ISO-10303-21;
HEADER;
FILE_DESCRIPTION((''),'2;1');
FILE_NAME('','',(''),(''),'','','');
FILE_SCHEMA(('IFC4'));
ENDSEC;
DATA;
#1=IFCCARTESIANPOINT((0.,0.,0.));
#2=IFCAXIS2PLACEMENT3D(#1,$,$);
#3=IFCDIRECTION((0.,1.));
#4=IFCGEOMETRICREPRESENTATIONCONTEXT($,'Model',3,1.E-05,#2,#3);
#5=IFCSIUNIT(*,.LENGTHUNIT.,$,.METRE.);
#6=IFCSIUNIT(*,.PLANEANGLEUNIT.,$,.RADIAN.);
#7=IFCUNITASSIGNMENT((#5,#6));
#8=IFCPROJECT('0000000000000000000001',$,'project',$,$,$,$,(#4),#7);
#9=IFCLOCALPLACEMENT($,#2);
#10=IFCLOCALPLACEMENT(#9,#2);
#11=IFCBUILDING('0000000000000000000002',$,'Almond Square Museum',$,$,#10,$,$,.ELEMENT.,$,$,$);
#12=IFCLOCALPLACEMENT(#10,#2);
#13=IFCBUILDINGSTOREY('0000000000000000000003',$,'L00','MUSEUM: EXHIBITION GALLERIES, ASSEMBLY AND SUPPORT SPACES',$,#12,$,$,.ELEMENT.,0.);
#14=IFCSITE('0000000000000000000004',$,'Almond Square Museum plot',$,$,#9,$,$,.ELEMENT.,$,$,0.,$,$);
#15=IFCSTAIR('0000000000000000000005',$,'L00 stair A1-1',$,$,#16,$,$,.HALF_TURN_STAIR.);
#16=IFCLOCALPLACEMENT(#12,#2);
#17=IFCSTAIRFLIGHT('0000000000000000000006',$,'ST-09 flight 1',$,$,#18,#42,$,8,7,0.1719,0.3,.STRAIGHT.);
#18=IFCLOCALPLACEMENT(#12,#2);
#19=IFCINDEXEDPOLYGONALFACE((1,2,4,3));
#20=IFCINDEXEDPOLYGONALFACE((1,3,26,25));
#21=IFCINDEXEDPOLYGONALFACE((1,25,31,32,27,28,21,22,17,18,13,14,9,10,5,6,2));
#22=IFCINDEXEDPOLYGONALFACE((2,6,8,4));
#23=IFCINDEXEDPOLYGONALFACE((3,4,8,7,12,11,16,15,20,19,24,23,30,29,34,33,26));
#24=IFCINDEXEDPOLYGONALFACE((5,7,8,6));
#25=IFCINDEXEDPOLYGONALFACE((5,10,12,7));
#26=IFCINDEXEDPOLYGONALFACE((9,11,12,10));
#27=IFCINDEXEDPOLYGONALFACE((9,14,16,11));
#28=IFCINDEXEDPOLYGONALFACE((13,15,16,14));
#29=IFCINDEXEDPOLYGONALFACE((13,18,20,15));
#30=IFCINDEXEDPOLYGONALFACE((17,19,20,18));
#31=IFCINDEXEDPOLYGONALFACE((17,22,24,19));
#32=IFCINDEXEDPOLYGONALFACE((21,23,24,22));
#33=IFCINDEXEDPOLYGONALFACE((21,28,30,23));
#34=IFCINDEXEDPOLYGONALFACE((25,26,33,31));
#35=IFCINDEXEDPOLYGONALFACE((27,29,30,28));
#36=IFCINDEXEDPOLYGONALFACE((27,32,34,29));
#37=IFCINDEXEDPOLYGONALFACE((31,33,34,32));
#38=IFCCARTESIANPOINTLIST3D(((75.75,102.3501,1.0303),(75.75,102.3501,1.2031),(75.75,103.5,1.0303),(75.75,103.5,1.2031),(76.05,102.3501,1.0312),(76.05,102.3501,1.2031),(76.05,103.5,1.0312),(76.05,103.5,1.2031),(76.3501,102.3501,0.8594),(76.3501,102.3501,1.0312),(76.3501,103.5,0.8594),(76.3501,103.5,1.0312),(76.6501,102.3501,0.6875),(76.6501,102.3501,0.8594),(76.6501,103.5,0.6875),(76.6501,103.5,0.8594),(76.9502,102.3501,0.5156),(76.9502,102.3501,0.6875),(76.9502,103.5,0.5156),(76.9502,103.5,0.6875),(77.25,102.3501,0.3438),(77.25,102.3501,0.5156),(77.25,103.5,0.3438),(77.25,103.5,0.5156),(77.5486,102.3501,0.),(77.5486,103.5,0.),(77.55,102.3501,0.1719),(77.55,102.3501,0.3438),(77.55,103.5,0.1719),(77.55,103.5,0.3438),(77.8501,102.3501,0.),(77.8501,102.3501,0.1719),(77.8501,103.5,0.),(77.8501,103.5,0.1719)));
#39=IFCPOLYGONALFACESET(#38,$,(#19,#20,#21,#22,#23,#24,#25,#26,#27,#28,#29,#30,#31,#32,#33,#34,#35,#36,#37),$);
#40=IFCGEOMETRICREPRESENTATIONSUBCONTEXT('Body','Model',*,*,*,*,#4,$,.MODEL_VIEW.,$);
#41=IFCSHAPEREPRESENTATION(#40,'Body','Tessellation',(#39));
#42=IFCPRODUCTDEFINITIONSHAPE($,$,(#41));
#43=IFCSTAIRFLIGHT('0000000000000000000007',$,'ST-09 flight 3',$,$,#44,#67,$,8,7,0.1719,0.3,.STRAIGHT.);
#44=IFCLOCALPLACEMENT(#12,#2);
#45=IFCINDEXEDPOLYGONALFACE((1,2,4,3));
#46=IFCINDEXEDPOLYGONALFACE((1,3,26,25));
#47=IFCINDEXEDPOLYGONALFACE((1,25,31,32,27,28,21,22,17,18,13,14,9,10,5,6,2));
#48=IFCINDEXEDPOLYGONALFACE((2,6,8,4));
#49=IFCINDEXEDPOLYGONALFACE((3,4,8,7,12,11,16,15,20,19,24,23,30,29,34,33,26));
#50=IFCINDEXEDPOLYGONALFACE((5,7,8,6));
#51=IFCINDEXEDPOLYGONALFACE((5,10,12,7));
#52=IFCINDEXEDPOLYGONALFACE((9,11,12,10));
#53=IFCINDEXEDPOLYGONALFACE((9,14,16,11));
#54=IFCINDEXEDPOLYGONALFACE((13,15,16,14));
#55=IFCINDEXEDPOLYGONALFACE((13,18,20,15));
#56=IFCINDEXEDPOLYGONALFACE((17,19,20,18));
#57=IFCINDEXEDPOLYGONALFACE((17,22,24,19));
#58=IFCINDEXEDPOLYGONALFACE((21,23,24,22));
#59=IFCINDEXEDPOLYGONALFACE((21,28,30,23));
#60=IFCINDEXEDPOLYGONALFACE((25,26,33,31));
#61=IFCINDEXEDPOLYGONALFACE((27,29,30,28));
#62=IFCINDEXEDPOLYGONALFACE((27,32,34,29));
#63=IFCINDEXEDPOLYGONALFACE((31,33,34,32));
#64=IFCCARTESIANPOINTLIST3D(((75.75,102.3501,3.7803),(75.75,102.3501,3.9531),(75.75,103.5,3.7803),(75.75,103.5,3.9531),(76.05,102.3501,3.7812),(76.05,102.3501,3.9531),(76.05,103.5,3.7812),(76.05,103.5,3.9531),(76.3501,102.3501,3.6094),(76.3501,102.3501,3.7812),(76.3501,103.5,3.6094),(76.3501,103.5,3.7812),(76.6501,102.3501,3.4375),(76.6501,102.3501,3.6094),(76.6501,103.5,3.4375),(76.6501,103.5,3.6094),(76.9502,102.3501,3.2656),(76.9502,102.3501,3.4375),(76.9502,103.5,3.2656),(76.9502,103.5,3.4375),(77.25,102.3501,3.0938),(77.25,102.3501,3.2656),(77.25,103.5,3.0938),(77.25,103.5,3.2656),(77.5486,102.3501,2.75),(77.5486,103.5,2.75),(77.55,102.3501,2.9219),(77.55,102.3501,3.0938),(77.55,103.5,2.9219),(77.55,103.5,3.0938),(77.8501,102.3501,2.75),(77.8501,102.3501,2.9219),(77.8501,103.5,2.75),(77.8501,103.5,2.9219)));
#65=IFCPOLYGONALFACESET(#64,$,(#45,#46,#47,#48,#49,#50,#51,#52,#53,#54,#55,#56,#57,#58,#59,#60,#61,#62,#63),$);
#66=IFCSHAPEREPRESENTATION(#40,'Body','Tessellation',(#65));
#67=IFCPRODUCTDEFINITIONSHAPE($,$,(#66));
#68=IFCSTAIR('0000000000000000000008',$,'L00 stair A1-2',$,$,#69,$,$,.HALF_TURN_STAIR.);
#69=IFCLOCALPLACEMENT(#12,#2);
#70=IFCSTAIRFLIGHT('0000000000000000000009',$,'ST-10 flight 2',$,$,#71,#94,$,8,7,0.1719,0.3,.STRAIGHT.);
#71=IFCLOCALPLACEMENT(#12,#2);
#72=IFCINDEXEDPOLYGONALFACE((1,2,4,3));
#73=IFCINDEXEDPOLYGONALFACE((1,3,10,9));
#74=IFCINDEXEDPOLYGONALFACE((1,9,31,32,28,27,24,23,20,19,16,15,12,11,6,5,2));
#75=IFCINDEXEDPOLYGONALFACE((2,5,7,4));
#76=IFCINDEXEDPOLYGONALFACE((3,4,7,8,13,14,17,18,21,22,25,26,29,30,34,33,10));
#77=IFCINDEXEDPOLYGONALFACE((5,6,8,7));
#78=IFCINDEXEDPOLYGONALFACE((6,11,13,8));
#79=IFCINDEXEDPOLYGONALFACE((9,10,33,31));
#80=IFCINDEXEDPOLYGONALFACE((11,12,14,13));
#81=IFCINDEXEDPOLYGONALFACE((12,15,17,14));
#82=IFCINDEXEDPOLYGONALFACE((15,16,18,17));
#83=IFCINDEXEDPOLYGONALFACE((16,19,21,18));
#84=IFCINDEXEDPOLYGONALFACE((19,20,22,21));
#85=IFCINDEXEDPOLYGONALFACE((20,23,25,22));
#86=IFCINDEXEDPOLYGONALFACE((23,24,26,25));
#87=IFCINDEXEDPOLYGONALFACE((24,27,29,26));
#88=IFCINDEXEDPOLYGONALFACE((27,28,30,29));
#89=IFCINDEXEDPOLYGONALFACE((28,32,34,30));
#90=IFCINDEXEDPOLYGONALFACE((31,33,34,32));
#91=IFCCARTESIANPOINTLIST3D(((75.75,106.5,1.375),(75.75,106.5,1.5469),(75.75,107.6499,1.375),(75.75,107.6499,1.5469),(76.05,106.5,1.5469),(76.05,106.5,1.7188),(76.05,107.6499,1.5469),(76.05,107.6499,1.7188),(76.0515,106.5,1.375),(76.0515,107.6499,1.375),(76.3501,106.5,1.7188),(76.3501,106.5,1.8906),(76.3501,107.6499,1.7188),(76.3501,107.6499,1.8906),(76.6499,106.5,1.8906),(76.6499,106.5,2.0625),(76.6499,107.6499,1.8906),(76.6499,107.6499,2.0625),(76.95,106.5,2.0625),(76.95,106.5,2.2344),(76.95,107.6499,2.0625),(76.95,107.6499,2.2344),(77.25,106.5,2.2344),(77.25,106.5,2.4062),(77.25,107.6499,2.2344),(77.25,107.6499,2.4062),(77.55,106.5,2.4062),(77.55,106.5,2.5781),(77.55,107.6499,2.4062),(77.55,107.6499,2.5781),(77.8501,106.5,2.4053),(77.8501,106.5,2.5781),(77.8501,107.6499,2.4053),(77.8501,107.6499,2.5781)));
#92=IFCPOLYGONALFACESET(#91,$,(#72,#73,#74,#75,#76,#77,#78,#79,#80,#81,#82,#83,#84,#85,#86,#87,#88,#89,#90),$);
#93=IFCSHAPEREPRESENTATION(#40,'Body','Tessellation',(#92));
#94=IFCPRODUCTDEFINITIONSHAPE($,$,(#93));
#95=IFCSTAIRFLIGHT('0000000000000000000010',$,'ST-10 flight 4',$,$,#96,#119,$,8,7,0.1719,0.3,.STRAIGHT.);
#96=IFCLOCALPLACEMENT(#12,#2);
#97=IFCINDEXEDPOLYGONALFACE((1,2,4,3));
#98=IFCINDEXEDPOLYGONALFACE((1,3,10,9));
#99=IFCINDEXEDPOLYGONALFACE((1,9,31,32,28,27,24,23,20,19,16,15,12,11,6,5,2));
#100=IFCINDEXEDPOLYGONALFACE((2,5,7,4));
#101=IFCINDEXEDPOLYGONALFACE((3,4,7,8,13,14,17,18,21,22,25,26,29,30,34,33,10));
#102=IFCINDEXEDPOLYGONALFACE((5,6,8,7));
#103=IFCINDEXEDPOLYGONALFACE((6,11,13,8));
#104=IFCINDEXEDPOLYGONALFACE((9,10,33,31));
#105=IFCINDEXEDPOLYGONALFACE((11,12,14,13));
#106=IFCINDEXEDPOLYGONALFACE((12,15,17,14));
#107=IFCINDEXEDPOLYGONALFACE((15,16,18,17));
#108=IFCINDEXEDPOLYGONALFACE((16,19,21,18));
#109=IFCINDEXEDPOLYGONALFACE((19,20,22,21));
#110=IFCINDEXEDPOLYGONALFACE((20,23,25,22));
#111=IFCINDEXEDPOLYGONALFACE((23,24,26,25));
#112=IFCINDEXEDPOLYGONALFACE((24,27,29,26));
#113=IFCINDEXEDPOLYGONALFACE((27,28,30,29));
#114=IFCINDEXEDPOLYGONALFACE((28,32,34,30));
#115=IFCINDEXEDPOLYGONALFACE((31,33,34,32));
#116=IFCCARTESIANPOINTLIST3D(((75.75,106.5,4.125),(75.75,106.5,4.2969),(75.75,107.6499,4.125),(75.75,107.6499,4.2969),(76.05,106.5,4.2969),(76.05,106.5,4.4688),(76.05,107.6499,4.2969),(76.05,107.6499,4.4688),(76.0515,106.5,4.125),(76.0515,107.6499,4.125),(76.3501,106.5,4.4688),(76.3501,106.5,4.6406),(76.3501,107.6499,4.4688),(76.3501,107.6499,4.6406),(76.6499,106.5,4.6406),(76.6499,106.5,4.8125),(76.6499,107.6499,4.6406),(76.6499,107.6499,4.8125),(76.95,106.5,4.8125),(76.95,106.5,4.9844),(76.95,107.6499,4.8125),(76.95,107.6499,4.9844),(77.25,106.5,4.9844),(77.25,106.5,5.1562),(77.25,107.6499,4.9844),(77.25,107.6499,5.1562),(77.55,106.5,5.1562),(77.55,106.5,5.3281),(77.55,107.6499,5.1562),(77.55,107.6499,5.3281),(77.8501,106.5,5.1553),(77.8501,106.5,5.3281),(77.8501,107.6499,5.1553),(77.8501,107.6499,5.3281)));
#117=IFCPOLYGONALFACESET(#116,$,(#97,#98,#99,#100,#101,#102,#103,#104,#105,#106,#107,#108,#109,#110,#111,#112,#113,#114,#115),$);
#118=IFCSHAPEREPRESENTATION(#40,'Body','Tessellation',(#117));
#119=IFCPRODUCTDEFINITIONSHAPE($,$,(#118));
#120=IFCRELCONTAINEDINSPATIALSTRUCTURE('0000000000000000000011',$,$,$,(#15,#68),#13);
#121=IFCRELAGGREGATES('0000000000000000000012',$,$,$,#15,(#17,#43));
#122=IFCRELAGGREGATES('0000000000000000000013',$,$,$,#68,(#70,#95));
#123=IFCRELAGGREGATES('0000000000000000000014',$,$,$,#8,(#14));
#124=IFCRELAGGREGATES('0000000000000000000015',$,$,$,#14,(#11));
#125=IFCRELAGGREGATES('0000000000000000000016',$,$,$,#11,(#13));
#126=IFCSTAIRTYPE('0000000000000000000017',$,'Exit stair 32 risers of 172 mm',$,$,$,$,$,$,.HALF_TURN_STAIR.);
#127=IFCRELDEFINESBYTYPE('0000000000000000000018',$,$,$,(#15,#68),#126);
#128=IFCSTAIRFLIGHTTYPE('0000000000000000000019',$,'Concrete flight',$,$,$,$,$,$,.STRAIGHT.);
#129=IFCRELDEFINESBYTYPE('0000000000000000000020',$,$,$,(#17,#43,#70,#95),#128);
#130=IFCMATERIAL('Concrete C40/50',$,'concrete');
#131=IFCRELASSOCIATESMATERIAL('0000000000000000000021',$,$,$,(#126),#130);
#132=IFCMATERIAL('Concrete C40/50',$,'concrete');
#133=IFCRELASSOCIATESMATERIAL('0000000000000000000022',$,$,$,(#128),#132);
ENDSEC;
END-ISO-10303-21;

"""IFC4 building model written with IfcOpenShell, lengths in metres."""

from ifc_helpers import new_model, si_unit, direction, frame, origin, place, context, subcontext, project, spatial, polyline, outline, extrude, material, type_object, element, aggregate, save


model = new_model("IFC4")

# Units and contexts
model_context = context("Model", 3, precision=1e-05, world=origin(), true_north=direction((0.0, 1.0)))
body_context = subcontext(model_context, "Body", "Model", "MODEL_VIEW")
ifc_project = project(units=[si_unit("LENGTHUNIT", "METRE"), si_unit("PLANEANGLEUNIT", "RADIAN")], contexts=[model_context])

# Site, building, storey
site_placement = place(None, origin())
site = spatial("IfcSite", under=ifc_project, at=site_placement, Name="Almond Square Museum plot", CompositionType="ELEMENT", RefElevation=0.0)
building_placement = place(site_placement, origin())
building = spatial("IfcBuilding", under=site, at=building_placement, Name="Almond Square Museum", CompositionType="ELEMENT")
storey_placement = place(building_placement, origin())
storey = spatial("IfcBuildingStorey", under=building, at=storey_placement, Name="L00", Description="MUSEUM: EXHIBITION GALLERIES, ASSEMBLY AND SUPPORT SPACES", CompositionType="ELEMENT", Elevation=0.0)

# Stairs, stair flights
ifc_material_1 = material(Name="Concrete C40/50", Category="concrete")
stair_type = type_object("IfcStairType", Name="Exit stair 32 risers of 172 mm", PredefinedType="HALF_TURN_STAIR", material=ifc_material_1)
stair_1_placement = place(storey_placement, origin())
stair_1 = element("IfcStair", 1, at=stair_1_placement, inside=storey, type_object=stair_type, Name="L00 stair A1-1", PredefinedType="HALF_TURN_STAIR")
ifc_material_2 = material(Name="Concrete C40/50", Category="concrete")
stair_flight_type = type_object("IfcStairFlightType", Name="Concrete flight", PredefinedType="STRAIGHT", material=ifc_material_2)
stair_flight_1_placement = place(storey_placement, frame((77.8501, 102.925, 0.0), z_axis=(0.0, 0.0, 1.0), x_axis=(-1.0, 0.0, 0.0)))
stair_flight_1 = element("IfcStairFlight", 2, at=stair_flight_1_placement, type_object=stair_flight_type, Name="ST-09 flight 1", NumberOfRisers=8, NumberOfTreads=7, PredefinedType="STRAIGHT", RiserHeight=0.1719, TreadLength=0.3, context=body_context, shape_type="SweptSolid", body=[
    extrude(outline(polyline([(0.0, 0.0), (0.0, 0.1719), (0.3, 0.1719), (0.3, 0.3438), (0.6001, 0.3438), (0.6001, 0.5156), (0.8999, 0.5156), (0.8999, 0.6875), (1.2, 0.6875), (1.2, 0.8594), (1.5, 0.8594), (1.5, 1.0312), (1.8, 1.0312), (1.8, 1.2031), (2.1001, 1.2031), (2.1001, 1.375), (2.1001, 1.0303), (0.3015, 0.0), (0.0, 0.0)])), frame((0.0, 0.575, 0.0), z_axis=(0.0, -1.0, 0.0), x_axis=(1.0, 0.0, 0.0)), (0.0, 0.0, 1.0), 1.1499),
])
stair_flight_2_placement = place(storey_placement, frame((77.8501, 102.925, 2.75), z_axis=(0.0, 0.0, 1.0), x_axis=(-1.0, 0.0, 0.0)))
stair_flight_2 = element("IfcStairFlight", 3, at=stair_flight_2_placement, type_object=stair_flight_type, Name="ST-09 flight 3", NumberOfRisers=8, NumberOfTreads=7, PredefinedType="STRAIGHT", RiserHeight=0.1719, TreadLength=0.3, context=body_context, shape_type="SweptSolid", body=[
    extrude(outline(polyline([(0.0, 0.0), (0.0, 0.1719), (0.3, 0.1719), (0.3, 0.3438), (0.6001, 0.3438), (0.6001, 0.5156), (0.8999, 0.5156), (0.8999, 0.6875), (1.2, 0.6875), (1.2, 0.8594), (1.5, 0.8594), (1.5, 1.0312), (1.8, 1.0312), (1.8, 1.2031), (2.1001, 1.2031), (2.1001, 1.375), (2.1001, 1.0303), (0.3015, 0.0), (0.0, 0.0)])), frame((0.0, 0.575, 0.0), z_axis=(0.0, -1.0, 0.0), x_axis=(1.0, 0.0, 0.0)), (0.0, 0.0, 1.0), 1.1499),
])
aggregate(stair_1, [stair_flight_1, stair_flight_2])
stair_2_placement = place(storey_placement, origin())
stair_2 = element("IfcStair", 4, at=stair_2_placement, inside=storey, type_object=stair_type, Name="L00 stair A1-2", PredefinedType="HALF_TURN_STAIR")
stair_flight_3_placement = place(storey_placement, frame((75.75, 107.075, 1.375), z_axis=(0.0, 0.0, 1.0), x_axis=(1.0, 0.0, 0.0)))
stair_flight_3 = element("IfcStairFlight", 5, at=stair_flight_3_placement, type_object=stair_flight_type, Name="ST-10 flight 2", NumberOfRisers=8, NumberOfTreads=7, PredefinedType="STRAIGHT", RiserHeight=0.1719, TreadLength=0.3, context=body_context, shape_type="SweptSolid", body=[
    extrude(outline(polyline([(0.0, 0.0), (0.0, 0.1719), (0.3, 0.1719), (0.3, 0.3438), (0.6001, 0.3438), (0.6001, 0.5156), (0.8999, 0.5156), (0.8999, 0.6875), (1.2, 0.6875), (1.2, 0.8594), (1.5, 0.8594), (1.5, 1.0312), (1.8, 1.0312), (1.8, 1.2031), (2.1001, 1.2031), (2.1001, 1.375), (2.1001, 1.0303), (0.3015, 0.0), (0.0, 0.0)])), frame((0.0, 0.575, 0.0), z_axis=(0.0, -1.0, 0.0), x_axis=(1.0, 0.0, 0.0)), (0.0, 0.0, 1.0), 1.1499),
])
stair_flight_4_placement = place(storey_placement, frame((75.75, 107.075, 4.125), z_axis=(0.0, 0.0, 1.0), x_axis=(1.0, 0.0, 0.0)))
stair_flight_4 = element("IfcStairFlight", 6, at=stair_flight_4_placement, type_object=stair_flight_type, Name="ST-10 flight 4", NumberOfRisers=8, NumberOfTreads=7, PredefinedType="STRAIGHT", RiserHeight=0.1719, TreadLength=0.3, context=body_context, shape_type="SweptSolid", body=[
    extrude(outline(polyline([(0.0, 0.0), (0.0, 0.1719), (0.3, 0.1719), (0.3, 0.3438), (0.6001, 0.3438), (0.6001, 0.5156), (0.8999, 0.5156), (0.8999, 0.6875), (1.2, 0.6875), (1.2, 0.8594), (1.5, 0.8594), (1.5, 1.0312), (1.8, 1.0312), (1.8, 1.2031), (2.1001, 1.2031), (2.1001, 1.375), (2.1001, 1.0303), (0.3015, 0.0), (0.0, 0.0)])), frame((0.0, 0.575, 0.0), z_axis=(0.0, -1.0, 0.0), x_axis=(1.0, 0.0, 0.0)), (0.0, 0.0, 1.0), 1.1499),
])
aggregate(stair_2, [stair_flight_3, stair_flight_4])

save(model, "model.ifc")
